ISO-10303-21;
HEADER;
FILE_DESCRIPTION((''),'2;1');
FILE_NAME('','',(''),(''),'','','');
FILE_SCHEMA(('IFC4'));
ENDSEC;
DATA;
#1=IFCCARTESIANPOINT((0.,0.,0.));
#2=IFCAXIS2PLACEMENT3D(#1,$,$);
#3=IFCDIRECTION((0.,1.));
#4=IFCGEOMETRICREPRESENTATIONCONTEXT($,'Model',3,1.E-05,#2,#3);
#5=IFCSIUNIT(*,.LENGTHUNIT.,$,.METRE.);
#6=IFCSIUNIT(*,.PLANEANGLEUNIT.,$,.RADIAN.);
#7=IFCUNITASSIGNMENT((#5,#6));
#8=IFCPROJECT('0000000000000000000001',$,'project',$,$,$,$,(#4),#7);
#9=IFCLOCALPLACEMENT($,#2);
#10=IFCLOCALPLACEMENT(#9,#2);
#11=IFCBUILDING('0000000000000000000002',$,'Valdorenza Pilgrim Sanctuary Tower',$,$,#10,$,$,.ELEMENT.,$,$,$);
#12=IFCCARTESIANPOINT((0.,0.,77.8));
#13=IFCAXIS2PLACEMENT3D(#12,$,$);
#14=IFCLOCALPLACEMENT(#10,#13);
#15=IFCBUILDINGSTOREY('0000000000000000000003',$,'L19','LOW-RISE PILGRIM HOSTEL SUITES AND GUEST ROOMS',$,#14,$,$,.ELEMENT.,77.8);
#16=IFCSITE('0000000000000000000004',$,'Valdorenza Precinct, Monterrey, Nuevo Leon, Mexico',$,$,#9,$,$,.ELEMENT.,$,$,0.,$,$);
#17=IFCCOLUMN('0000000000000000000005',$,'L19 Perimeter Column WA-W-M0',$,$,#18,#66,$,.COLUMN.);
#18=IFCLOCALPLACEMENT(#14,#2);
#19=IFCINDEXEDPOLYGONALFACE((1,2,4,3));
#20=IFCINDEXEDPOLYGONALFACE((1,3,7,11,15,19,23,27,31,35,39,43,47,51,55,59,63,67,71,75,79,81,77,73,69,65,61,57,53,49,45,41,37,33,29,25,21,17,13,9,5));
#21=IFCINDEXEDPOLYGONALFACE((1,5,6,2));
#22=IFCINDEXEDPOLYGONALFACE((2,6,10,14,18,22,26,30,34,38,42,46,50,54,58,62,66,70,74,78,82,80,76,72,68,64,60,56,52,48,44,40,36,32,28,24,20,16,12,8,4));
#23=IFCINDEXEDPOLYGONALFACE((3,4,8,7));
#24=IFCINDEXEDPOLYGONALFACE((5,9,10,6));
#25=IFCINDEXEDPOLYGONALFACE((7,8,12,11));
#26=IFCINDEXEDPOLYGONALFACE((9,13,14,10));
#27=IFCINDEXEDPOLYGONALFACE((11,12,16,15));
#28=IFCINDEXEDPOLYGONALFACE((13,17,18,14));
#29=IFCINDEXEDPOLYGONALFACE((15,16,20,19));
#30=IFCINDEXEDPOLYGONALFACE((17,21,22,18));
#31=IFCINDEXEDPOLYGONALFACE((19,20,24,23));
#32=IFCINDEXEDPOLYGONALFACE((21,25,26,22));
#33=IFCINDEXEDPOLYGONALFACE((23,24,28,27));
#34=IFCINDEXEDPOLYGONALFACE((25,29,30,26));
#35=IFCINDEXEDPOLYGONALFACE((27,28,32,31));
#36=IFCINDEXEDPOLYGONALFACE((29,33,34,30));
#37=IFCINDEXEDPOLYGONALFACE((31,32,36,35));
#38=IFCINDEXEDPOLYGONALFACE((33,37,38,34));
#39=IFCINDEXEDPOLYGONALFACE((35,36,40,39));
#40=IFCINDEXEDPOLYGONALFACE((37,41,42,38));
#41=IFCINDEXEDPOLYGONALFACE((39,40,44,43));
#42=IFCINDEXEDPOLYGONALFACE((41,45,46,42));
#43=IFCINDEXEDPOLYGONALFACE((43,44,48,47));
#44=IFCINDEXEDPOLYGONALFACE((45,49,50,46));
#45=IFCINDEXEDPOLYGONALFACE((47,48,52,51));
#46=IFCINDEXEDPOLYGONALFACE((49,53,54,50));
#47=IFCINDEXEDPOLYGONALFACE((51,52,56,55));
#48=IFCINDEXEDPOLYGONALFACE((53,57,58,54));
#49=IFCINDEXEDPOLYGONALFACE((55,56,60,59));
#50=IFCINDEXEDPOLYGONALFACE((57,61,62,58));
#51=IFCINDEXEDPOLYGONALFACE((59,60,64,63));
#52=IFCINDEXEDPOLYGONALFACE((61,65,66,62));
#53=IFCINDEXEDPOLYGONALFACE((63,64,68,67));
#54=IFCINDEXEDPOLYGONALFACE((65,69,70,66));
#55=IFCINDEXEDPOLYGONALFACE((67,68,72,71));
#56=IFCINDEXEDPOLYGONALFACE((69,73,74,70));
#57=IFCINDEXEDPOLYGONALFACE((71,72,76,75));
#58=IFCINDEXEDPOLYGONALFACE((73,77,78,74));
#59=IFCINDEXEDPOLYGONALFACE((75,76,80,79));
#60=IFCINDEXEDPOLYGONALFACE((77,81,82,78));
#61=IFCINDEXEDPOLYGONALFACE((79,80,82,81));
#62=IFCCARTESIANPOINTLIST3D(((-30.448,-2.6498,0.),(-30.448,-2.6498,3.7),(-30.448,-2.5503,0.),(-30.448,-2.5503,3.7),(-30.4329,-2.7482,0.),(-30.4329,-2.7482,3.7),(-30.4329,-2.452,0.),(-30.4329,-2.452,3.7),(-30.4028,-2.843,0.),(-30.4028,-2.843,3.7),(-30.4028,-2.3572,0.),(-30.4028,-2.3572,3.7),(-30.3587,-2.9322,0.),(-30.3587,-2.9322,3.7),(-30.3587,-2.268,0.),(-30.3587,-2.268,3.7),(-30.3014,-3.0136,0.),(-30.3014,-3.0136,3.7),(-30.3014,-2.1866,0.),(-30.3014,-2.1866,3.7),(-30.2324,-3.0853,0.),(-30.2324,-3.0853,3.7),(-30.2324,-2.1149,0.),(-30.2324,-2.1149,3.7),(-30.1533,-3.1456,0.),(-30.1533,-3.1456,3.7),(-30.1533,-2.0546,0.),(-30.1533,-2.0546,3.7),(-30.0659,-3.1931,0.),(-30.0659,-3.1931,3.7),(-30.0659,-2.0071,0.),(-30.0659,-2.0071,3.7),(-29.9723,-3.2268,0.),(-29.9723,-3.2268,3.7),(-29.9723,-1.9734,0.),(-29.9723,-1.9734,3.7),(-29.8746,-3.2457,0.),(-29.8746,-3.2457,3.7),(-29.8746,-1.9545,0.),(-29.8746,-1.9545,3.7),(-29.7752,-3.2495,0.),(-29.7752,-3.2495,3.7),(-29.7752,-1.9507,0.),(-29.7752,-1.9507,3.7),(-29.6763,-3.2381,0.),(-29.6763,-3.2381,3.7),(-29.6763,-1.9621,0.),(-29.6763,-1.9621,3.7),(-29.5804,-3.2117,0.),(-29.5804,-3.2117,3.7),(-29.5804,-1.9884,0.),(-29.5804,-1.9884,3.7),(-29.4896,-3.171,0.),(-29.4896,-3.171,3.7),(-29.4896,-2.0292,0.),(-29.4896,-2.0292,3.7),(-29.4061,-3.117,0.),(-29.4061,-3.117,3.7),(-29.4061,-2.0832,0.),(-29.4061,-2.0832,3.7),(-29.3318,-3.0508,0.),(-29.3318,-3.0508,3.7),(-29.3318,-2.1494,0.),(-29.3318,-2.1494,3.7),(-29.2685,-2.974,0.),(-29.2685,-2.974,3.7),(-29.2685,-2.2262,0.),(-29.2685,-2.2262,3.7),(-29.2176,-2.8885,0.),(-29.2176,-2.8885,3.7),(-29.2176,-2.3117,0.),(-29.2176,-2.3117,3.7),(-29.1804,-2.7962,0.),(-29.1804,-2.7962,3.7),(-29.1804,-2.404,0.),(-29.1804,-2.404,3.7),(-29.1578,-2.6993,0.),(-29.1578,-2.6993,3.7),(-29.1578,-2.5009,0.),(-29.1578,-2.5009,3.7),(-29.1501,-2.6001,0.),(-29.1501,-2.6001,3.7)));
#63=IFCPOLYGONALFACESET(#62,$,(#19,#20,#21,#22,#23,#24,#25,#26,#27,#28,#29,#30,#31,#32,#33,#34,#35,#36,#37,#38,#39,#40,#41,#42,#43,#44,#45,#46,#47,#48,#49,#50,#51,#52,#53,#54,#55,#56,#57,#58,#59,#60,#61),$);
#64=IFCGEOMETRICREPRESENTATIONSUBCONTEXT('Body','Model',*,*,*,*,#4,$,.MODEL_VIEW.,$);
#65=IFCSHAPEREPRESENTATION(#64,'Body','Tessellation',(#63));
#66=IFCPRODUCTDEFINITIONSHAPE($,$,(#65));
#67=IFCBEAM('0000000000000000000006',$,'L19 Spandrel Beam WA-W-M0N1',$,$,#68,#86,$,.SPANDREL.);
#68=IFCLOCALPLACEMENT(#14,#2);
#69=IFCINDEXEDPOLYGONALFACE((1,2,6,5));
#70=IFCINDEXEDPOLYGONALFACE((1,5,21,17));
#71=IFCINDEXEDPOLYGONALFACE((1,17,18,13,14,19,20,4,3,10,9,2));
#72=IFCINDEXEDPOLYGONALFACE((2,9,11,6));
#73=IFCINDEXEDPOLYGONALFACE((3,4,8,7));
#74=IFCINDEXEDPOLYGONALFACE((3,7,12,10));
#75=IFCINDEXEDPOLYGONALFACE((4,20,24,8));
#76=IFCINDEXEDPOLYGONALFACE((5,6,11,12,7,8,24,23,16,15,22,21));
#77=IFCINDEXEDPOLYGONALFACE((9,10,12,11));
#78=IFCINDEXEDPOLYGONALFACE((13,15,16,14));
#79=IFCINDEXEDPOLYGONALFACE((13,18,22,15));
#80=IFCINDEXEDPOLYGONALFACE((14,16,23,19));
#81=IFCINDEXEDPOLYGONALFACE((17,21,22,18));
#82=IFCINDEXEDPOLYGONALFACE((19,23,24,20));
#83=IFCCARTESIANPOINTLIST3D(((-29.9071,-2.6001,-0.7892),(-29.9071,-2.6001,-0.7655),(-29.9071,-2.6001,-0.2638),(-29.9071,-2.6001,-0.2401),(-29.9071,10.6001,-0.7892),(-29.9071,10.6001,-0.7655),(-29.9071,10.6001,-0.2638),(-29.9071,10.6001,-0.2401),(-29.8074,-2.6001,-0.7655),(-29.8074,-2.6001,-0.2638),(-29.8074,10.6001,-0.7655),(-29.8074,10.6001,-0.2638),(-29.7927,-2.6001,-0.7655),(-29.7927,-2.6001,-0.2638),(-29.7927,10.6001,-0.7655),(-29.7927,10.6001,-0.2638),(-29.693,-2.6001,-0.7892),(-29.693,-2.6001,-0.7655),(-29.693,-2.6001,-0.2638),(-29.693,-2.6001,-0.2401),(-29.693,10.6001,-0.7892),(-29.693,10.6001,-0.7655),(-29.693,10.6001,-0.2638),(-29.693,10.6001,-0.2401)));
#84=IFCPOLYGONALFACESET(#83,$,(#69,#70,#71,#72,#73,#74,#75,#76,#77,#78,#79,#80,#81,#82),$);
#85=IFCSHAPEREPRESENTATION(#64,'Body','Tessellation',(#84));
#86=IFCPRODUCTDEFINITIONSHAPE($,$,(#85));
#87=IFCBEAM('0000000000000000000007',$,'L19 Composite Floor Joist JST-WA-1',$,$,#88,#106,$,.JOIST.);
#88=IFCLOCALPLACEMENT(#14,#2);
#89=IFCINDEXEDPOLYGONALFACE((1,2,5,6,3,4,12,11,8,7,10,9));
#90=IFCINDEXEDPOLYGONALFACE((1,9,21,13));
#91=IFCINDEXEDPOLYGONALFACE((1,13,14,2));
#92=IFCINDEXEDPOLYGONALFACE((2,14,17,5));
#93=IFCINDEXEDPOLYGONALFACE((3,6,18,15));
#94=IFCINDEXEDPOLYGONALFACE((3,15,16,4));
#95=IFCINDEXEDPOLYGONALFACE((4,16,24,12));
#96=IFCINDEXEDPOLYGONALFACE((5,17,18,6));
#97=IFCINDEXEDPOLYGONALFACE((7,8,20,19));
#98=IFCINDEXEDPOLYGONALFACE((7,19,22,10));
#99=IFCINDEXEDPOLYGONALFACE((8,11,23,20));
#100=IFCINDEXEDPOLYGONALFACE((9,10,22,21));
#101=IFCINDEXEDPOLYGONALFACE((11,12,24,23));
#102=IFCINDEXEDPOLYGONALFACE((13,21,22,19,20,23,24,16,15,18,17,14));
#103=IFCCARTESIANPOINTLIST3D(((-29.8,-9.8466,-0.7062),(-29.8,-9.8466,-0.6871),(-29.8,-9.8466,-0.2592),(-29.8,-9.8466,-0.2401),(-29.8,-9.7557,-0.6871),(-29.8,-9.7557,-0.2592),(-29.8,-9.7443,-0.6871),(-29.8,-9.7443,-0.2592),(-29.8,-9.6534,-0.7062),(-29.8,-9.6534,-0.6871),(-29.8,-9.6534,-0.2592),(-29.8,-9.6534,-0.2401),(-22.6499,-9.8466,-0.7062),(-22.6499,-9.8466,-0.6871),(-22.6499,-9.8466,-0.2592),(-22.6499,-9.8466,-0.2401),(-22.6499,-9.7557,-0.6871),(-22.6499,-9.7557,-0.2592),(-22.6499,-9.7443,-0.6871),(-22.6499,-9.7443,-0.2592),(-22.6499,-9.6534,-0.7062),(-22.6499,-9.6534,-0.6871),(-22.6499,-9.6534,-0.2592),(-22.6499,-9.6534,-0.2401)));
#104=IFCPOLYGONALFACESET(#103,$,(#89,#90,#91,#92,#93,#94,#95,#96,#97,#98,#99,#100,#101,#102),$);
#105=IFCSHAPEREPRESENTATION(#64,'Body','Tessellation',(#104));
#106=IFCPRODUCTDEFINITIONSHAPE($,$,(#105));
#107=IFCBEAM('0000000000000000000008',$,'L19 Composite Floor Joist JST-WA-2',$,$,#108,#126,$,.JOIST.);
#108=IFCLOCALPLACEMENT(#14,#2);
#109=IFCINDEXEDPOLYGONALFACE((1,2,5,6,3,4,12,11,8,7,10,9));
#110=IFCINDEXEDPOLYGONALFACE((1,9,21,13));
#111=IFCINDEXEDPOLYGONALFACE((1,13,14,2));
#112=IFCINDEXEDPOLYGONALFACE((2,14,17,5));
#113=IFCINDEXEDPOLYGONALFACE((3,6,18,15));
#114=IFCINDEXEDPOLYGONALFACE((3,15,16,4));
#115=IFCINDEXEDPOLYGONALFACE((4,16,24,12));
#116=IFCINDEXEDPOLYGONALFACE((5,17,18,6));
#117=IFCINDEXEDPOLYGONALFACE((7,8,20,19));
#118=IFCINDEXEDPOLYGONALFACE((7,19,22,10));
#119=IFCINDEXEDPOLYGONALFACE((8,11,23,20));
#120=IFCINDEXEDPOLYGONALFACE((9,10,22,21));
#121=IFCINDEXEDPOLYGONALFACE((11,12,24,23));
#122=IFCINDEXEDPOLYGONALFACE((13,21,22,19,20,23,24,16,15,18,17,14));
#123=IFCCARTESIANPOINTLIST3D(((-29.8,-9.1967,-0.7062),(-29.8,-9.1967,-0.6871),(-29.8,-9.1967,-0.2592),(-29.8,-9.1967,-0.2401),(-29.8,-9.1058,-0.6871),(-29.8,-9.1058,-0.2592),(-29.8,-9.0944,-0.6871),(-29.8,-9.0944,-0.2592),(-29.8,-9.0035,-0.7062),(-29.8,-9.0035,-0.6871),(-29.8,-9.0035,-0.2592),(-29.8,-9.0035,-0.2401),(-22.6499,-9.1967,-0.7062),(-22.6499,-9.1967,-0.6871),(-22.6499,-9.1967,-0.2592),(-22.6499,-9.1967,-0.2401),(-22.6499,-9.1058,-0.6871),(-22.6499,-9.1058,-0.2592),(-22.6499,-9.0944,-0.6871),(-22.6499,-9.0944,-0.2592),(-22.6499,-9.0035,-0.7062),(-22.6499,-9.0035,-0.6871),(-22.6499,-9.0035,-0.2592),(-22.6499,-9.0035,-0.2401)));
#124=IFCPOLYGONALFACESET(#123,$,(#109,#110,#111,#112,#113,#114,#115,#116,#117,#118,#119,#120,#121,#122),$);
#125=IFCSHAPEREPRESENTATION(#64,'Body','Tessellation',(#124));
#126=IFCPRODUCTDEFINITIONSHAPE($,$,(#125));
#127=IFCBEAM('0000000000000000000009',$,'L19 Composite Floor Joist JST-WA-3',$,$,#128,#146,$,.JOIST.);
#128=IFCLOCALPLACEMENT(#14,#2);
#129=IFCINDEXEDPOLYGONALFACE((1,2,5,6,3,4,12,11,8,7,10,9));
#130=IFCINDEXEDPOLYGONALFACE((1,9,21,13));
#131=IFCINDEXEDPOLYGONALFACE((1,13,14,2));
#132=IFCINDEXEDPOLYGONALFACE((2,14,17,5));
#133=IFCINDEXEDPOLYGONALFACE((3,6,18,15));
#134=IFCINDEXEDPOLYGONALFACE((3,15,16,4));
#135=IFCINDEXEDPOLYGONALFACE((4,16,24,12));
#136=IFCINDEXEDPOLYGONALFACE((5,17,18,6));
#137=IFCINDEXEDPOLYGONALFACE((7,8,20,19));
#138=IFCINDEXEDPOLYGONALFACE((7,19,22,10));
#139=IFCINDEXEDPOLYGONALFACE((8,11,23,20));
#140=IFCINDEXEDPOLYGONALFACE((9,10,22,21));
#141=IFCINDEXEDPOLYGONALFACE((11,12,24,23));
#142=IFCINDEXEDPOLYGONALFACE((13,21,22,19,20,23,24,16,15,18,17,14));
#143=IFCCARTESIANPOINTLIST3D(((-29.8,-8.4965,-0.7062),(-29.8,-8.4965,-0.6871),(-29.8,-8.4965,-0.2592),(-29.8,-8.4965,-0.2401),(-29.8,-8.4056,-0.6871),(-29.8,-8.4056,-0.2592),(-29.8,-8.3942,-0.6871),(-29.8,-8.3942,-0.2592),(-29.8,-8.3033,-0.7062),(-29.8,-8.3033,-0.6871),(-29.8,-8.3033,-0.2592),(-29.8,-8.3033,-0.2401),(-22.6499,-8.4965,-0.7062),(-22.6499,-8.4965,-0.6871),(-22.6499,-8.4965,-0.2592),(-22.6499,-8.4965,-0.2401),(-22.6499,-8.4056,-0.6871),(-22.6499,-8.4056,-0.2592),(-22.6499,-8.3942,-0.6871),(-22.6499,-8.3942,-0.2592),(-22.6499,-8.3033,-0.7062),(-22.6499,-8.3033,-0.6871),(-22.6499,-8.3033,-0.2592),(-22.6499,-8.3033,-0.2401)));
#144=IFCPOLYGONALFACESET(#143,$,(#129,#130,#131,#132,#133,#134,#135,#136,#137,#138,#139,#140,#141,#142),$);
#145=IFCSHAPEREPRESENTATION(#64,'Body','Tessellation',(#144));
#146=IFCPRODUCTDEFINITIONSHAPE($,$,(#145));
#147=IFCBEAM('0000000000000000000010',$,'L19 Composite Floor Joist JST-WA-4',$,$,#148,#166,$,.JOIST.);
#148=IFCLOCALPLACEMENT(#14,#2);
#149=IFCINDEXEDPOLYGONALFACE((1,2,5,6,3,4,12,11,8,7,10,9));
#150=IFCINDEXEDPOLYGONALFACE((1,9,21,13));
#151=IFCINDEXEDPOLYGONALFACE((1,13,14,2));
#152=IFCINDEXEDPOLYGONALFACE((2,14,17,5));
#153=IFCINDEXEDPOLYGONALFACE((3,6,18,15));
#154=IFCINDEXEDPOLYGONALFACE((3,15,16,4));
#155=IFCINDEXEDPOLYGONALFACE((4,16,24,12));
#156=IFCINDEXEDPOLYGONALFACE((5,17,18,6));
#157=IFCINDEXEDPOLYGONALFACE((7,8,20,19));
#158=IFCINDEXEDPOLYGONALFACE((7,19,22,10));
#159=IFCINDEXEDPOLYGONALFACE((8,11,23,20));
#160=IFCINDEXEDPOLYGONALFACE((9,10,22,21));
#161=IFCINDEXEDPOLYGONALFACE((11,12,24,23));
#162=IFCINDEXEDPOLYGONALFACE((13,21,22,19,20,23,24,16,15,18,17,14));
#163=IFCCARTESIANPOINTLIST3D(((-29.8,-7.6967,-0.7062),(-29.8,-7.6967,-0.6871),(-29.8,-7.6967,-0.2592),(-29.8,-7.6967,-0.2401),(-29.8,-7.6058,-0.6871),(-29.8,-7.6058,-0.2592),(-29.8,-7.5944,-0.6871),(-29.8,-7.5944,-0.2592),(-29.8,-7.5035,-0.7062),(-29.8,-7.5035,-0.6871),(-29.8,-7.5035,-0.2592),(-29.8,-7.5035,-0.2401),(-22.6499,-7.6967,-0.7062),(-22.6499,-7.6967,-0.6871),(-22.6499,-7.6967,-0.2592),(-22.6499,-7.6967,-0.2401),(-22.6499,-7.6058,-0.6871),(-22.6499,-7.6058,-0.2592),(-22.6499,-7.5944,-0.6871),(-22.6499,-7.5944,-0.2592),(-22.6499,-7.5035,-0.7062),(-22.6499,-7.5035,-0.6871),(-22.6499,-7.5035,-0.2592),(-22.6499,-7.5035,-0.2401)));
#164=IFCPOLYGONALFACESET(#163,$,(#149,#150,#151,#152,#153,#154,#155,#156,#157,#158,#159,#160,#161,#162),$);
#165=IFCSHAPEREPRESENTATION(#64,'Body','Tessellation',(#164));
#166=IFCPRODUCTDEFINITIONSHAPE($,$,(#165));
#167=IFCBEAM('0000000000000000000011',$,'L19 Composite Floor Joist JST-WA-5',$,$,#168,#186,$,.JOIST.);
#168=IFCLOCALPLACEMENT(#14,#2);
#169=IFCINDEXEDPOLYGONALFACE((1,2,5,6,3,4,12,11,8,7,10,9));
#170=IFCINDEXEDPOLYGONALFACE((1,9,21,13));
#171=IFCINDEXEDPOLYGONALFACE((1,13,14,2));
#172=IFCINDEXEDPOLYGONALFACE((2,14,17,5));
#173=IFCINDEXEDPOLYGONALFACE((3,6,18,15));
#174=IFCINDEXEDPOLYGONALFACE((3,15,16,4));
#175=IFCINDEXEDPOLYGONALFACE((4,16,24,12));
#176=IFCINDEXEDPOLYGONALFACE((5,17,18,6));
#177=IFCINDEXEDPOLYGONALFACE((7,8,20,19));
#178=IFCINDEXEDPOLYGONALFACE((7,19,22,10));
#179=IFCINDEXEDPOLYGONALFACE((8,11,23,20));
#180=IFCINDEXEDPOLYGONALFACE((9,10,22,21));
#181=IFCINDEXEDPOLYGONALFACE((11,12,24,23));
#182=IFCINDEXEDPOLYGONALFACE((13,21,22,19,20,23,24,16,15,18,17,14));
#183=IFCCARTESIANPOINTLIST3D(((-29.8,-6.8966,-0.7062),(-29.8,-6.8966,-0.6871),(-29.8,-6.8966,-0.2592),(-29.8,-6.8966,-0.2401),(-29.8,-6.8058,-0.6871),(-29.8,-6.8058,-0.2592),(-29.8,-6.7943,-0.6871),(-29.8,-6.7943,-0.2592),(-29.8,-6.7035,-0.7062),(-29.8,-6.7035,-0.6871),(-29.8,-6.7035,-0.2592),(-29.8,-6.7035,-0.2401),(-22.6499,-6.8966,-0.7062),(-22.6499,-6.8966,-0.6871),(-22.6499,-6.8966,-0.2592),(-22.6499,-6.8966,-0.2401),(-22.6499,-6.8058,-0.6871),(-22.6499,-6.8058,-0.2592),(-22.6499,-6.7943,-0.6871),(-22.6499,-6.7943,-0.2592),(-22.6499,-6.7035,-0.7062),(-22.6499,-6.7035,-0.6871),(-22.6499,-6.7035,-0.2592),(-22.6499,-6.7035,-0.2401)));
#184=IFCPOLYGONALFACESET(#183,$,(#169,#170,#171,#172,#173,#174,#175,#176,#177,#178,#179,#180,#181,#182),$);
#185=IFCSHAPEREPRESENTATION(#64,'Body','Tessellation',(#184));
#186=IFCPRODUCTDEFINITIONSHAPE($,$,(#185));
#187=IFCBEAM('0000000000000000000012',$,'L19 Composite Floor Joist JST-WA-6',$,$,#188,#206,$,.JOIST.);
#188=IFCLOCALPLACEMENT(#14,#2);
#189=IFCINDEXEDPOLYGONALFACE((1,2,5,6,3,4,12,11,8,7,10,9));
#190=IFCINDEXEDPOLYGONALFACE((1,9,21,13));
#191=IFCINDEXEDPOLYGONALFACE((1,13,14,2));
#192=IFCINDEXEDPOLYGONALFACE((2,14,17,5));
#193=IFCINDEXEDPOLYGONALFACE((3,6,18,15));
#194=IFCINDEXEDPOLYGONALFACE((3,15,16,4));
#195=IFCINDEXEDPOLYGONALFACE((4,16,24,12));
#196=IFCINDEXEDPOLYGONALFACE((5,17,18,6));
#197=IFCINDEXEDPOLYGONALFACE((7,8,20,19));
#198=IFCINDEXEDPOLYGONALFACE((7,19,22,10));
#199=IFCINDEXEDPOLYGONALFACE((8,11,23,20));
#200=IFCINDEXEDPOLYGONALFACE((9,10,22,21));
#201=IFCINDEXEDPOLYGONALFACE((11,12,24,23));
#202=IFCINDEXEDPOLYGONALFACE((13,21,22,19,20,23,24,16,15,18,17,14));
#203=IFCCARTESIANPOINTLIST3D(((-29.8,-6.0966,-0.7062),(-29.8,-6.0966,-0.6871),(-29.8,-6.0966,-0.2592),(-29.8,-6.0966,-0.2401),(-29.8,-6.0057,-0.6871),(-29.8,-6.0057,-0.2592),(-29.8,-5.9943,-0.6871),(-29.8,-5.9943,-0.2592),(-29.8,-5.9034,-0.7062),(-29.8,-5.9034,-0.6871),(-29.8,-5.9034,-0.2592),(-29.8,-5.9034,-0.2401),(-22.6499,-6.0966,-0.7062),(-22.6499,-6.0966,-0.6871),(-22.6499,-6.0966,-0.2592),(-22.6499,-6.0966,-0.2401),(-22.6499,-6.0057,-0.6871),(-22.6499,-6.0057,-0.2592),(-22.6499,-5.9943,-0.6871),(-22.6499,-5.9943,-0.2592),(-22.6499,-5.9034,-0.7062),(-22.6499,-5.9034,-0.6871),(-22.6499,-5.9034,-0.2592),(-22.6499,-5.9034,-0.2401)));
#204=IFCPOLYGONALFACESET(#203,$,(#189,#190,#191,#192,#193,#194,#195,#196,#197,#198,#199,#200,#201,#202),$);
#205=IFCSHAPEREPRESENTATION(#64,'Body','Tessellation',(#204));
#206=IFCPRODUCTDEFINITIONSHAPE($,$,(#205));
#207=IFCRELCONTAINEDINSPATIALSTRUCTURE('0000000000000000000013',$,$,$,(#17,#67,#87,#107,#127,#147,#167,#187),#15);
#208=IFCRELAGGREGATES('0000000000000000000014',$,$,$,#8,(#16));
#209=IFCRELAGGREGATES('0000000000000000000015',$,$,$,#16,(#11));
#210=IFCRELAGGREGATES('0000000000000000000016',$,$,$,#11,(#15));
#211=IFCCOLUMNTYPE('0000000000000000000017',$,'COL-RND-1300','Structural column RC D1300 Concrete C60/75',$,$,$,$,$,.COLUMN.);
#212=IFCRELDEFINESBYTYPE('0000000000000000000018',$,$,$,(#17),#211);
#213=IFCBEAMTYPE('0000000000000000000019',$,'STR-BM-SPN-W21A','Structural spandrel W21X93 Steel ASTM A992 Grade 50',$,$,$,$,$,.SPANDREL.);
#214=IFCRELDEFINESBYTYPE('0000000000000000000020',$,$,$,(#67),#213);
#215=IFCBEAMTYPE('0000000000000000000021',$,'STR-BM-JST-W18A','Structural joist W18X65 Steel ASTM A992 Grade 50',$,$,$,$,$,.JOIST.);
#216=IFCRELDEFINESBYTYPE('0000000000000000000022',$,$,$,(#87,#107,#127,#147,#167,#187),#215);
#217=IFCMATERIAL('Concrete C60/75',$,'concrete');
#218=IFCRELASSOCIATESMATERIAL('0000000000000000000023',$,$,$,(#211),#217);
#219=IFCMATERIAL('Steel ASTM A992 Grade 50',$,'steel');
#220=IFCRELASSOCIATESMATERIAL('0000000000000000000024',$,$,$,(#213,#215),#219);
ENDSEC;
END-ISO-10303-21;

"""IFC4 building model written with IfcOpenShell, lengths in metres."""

from ifc_helpers import new_model, si_unit, direction, frame, origin, origin_2d, place, context, subcontext, project, spatial, circle, i_section, extrude, source, transform, mapped, material, material_profile, profile_set, type_object, element, save


model = new_model("IFC4")

# Units and contexts
model_context = context("Model", 3, precision=1e-05, world=origin(), true_north=direction((0.0, 1.0)))
body_context = subcontext(model_context, "Body", "Model", "MODEL_VIEW")
ifc_project = project(units=[si_unit("LENGTHUNIT", "METRE"), si_unit("PLANEANGLEUNIT", "RADIAN")], contexts=[model_context])

# Site, building, storey
site_placement = place(None, origin())
site = spatial("IfcSite", under=ifc_project, at=site_placement, Name="Valdorenza Precinct, Monterrey, Nuevo Leon, Mexico", CompositionType="ELEMENT", RefElevation=0.0)
building_placement = place(site_placement, origin())
building = spatial("IfcBuilding", under=site, at=building_placement, Name="Valdorenza Pilgrim Sanctuary Tower", CompositionType="ELEMENT")
storey_placement = place(building_placement, frame((0.0, 0.0, 77.8)))
storey = spatial("IfcBuildingStorey", under=building, at=storey_placement, Name="L19", Description="LOW-RISE PILGRIM HOSTEL SUITES AND GUEST ROOMS", CompositionType="ELEMENT", Elevation=77.8)

# Column
ifc_material_1 = material(Name="Concrete C60/75", Category="concrete")
ifc_material_profile_1 = material_profile(ifc_material_1, circle(Radius=0.6499, at=origin_2d()), Name="RC D1300")
ifc_profile_set_1 = profile_set([ifc_material_profile_1], Name="Concrete C60/75")
column_type = type_object("IfcColumnType", Name="COL-RND-1300", Description="Structural column RC D1300 Concrete C60/75", PredefinedType="COLUMN", material=ifc_profile_set_1)
shared_shape_1 = source(origin(), body_context, "Body", "SweptSolid", [
    extrude(circle(Radius=0.6499, at=origin_2d()), origin(), (0.0, 0.0, 1.0), 3.7),
])
column_placement = place(storey_placement, frame((-29.8, -2.6001, 0.0), z_axis=(0.0, 0.0, 1.0), x_axis=(1.0, 0.0, 0.0)))
element("IfcColumn", 1, at=column_placement, inside=storey, type_object=column_type, Name="L19 Perimeter Column WA-W-M0", PredefinedType="COLUMN", context=body_context, shape_type="MappedRepresentation", body=[
    mapped(shared_shape_1, transform((0.0, 0.0, 0.0), x_axis=(1.0, 0.0, 0.0), y_axis=(0.0, 1.0, 0.0), z_axis=(0.0, 0.0, 1.0), scale=1.0)),
])

# Beams
ifc_material_2 = material(Name="Steel ASTM A992 Grade 50", Category="steel")
ifc_material_profile_2 = material_profile(ifc_material_2, i_section(OverallWidth=0.2141, OverallDepth=0.5491, WebThickness=0.0146, FlangeThickness=0.0237, at=origin_2d()), Name="W21X93")
ifc_profile_set_2 = profile_set([ifc_material_profile_2], Name="Steel ASTM A992 Grade 50")
beam_type_1 = type_object("IfcBeamType", Name="STR-BM-SPN-W21A", Description="Structural spandrel W21X93 Steel ASTM A992 Grade 50", PredefinedType="SPANDREL", material=ifc_profile_set_2)
shared_shape_2 = source(origin(), body_context, "Body", "SweptSolid", [
    extrude(i_section(OverallWidth=0.2141, OverallDepth=0.5491, WebThickness=0.0146, FlangeThickness=0.0237, at=origin_2d()), origin(), (0.0, 0.0, 1.0), 13.2002),
])
beam_1_placement = place(storey_placement, frame((-29.8, -2.6001, -0.5146), z_axis=(0.0, 1.0, 0.0), x_axis=(-1.0, 0.0, 0.0)))
element("IfcBeam", 2, at=beam_1_placement, inside=storey, type_object=beam_type_1, Name="L19 Spandrel Beam WA-W-M0N1", PredefinedType="SPANDREL", context=body_context, shape_type="MappedRepresentation", body=[
    mapped(shared_shape_2, transform((0.0, 0.0, 0.0), x_axis=(1.0, 0.0, 0.0), y_axis=(0.0, 1.0, 0.0), z_axis=(0.0, 0.0, 1.0), scale=1.0)),
])
ifc_material_profile_3 = material_profile(ifc_material_2, i_section(OverallWidth=0.1931, OverallDepth=0.4661, WebThickness=0.0115, FlangeThickness=0.019, at=origin_2d()), Name="W18X65")
ifc_profile_set_3 = profile_set([ifc_material_profile_3], Name="Steel ASTM A992 Grade 50")
beam_type_2 = type_object("IfcBeamType", Name="STR-BM-JST-W18A", Description="Structural joist W18X65 Steel ASTM A992 Grade 50", PredefinedType="JOIST", material=ifc_profile_set_3)
shared_shape_3 = source(origin(), body_context, "Body", "SweptSolid", [
    extrude(i_section(OverallWidth=0.1931, OverallDepth=0.4661, WebThickness=0.0115, FlangeThickness=0.019, at=origin_2d()), origin(), (0.0, 0.0, 1.0), 7.1501),
])
for number, where, z_axis, x_axis, name in (
    (3, (-29.8, -9.75, -0.4731), (1.0, 0.0, 0.0), (0.0, 1.0, 0.0), "L19 Composite Floor Joist JST-WA-1"),
    (4, (-29.8, -9.1001, -0.4731), (1.0, 0.0, 0.0), (0.0, 1.0, 0.0), "L19 Composite Floor Joist JST-WA-2"),
    (5, (-29.8, -8.3999, -0.4731), (1.0, 0.0, 0.0), (0.0, 1.0, 0.0), "L19 Composite Floor Joist JST-WA-3"),
    (6, (-29.8, -7.6001, -0.4731), (1.0, 0.0, 0.0), (0.0, 1.0, 0.0), "L19 Composite Floor Joist JST-WA-4"),
    (7, (-29.8, -6.8, -0.4731), (1.0, 0.0, 0.0), (0.0, 1.0, 0.0), "L19 Composite Floor Joist JST-WA-5"),
    (8, (-29.8, -6.0, -0.4731), (1.0, 0.0, 0.0), (0.0, 1.0, 0.0), "L19 Composite Floor Joist JST-WA-6"),
):
    element("IfcBeam", number, at=place(storey_placement, frame(where, z_axis=z_axis, x_axis=x_axis)), inside=storey, type_object=beam_type_2, Name=name, PredefinedType="JOIST", context=body_context, shape_type="MappedRepresentation", body=[
        mapped(shared_shape_3, transform((0.0, 0.0, 0.0), x_axis=(1.0, 0.0, 0.0), y_axis=(0.0, 1.0, 0.0), z_axis=(0.0, 0.0, 1.0), scale=1.0)),
    ])

save(model, "model.ifc")
